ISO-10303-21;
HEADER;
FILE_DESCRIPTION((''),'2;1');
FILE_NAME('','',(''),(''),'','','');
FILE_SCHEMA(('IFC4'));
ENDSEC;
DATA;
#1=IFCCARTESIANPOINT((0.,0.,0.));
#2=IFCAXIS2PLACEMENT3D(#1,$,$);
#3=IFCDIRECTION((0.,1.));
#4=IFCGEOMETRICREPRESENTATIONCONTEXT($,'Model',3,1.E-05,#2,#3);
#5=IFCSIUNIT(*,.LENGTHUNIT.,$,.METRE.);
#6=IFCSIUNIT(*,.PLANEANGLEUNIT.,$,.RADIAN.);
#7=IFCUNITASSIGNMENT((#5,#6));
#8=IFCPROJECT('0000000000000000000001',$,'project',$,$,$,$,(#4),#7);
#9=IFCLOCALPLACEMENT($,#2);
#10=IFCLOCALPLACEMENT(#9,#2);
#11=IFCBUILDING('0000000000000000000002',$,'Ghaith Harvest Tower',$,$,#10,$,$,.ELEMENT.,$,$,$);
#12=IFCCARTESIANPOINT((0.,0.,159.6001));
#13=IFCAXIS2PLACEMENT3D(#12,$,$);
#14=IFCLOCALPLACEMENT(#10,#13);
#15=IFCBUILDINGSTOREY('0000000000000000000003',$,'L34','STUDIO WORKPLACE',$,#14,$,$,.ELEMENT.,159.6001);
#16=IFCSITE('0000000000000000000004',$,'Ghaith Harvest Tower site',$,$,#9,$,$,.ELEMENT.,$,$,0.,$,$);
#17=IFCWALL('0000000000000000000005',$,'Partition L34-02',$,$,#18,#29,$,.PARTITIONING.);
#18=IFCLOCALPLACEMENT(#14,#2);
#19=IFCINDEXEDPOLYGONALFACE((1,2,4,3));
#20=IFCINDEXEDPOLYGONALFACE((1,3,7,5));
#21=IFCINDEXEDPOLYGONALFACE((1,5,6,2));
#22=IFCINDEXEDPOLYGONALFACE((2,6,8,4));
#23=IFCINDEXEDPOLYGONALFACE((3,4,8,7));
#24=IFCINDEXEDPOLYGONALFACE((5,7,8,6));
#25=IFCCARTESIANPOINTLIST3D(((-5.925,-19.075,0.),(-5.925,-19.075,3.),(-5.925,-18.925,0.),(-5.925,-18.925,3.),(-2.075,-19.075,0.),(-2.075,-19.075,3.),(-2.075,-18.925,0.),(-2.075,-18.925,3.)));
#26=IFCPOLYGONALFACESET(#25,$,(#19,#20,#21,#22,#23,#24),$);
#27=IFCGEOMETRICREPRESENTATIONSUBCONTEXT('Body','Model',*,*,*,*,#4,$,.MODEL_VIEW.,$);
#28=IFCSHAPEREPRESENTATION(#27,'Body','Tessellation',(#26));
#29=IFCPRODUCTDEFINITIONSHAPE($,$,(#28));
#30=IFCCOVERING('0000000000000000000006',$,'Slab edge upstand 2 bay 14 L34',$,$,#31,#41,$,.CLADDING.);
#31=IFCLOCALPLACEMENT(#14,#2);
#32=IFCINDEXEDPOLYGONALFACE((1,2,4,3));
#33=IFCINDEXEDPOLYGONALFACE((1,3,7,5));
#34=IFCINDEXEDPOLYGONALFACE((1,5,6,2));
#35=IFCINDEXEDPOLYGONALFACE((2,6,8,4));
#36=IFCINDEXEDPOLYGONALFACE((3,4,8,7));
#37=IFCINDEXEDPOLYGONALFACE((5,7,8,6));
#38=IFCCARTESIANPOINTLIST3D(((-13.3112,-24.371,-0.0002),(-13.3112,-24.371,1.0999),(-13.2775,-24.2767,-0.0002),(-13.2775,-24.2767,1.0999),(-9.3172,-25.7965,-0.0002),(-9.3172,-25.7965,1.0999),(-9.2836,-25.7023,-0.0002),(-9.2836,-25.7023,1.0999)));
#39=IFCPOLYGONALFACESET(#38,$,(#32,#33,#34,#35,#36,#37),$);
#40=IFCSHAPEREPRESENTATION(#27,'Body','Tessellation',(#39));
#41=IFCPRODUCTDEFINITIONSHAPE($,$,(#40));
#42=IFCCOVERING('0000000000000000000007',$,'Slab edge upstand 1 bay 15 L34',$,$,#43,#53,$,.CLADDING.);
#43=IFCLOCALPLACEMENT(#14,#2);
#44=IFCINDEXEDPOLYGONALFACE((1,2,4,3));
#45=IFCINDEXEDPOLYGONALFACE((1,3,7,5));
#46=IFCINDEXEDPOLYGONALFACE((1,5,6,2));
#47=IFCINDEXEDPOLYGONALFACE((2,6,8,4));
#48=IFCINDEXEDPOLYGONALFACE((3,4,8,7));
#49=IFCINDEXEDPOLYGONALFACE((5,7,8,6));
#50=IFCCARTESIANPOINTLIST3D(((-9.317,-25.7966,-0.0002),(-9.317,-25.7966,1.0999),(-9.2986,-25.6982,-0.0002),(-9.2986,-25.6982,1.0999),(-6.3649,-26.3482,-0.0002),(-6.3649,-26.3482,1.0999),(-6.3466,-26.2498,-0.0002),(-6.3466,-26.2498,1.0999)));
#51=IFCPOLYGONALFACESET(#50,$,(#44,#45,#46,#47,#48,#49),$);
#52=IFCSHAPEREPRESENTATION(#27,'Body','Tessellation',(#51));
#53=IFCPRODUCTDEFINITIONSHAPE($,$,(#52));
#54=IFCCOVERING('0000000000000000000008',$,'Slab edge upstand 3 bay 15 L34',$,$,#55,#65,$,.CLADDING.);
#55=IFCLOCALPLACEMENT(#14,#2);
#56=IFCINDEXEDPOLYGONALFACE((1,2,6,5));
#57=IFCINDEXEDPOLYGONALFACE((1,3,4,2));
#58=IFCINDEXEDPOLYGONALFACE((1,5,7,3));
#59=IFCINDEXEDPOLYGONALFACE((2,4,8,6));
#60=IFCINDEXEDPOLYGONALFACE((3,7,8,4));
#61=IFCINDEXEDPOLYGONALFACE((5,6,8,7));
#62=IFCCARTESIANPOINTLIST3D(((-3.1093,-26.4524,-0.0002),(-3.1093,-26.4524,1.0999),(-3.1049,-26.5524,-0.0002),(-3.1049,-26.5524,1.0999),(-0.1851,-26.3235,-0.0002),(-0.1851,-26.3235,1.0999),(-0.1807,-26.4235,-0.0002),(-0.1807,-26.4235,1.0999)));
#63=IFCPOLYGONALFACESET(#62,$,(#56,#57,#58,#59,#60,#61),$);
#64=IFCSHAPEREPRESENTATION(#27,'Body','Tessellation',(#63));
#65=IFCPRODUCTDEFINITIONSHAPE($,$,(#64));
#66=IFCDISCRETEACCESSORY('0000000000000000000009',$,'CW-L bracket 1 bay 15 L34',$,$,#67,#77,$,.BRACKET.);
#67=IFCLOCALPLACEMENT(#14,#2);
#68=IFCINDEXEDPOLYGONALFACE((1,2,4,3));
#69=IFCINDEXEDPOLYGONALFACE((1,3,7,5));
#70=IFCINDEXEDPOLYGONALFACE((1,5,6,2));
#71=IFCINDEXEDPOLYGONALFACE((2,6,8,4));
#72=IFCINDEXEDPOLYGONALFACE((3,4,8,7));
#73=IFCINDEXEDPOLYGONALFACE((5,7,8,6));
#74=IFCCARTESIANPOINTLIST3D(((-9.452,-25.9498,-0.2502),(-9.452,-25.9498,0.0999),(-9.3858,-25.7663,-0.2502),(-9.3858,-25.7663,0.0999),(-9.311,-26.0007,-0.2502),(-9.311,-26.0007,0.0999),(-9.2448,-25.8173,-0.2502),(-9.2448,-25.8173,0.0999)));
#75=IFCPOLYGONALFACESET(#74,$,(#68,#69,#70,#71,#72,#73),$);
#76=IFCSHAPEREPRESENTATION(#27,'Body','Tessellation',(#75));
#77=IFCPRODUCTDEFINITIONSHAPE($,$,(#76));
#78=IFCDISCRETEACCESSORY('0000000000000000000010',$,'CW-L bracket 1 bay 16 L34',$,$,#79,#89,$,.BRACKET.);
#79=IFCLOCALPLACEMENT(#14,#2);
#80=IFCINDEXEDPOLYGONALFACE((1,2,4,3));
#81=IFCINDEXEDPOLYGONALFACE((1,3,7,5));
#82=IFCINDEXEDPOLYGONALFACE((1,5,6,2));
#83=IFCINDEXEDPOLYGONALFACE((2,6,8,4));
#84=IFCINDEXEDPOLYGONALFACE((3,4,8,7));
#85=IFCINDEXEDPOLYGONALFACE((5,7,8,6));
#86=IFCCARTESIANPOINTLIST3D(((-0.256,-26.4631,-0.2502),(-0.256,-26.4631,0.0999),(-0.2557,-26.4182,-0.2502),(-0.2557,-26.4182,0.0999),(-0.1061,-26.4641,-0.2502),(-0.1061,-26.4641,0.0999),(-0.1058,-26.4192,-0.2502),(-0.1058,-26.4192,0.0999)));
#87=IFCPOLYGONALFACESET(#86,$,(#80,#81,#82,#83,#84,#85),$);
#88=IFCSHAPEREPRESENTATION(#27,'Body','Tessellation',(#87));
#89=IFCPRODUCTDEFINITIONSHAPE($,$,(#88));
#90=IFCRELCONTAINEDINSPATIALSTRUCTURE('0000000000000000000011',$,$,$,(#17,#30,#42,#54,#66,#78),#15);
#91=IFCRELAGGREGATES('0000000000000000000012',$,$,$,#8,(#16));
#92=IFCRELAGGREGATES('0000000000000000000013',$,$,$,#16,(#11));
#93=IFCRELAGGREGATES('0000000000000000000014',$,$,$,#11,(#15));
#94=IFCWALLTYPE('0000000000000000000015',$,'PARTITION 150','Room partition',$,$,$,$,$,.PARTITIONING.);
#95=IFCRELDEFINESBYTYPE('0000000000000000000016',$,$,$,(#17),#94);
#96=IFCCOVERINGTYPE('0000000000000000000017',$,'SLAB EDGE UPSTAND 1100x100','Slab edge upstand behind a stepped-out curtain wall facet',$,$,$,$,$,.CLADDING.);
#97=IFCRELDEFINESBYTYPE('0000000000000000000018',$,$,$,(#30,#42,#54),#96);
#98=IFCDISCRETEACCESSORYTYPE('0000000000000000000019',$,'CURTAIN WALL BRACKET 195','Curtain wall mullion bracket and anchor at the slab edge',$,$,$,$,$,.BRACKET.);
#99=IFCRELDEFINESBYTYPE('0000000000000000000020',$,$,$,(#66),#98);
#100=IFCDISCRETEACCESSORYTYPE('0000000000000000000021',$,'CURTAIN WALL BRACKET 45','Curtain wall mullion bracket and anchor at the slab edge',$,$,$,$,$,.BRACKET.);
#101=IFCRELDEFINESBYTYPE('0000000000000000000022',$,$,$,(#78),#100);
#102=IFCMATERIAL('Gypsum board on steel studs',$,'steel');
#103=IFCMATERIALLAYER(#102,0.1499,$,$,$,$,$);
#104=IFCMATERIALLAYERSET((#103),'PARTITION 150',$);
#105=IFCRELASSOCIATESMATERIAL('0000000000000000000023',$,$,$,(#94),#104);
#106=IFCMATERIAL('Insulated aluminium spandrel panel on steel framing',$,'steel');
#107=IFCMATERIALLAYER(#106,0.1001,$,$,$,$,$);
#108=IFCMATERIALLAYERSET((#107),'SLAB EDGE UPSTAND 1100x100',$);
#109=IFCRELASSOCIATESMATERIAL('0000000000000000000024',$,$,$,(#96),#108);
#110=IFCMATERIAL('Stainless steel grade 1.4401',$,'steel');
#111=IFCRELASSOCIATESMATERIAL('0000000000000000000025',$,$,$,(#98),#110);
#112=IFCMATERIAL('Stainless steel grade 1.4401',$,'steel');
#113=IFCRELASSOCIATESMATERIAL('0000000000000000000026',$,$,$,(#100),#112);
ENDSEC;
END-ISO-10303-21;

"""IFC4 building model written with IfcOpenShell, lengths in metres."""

from ifc_helpers import new_model, si_unit, direction, frame, frame_2d, origin, origin_2d, place, context, subcontext, project, spatial, rectangle, extrude, material, layer, layer_set, type_object, element, save


model = new_model("IFC4")

# Units and contexts
model_context = context("Model", 3, precision=1e-05, world=origin(), true_north=direction((0.0, 1.0)))
body_context = subcontext(model_context, "Body", "Model", "MODEL_VIEW")
ifc_project = project(units=[si_unit("LENGTHUNIT", "METRE"), si_unit("PLANEANGLEUNIT", "RADIAN")], contexts=[model_context])

# Site, building, storey
site_placement = place(None, origin())
site = spatial("IfcSite", under=ifc_project, at=site_placement, Name="Ghaith Harvest Tower site", CompositionType="ELEMENT", RefElevation=0.0)
building_placement = place(site_placement, origin())
building = spatial("IfcBuilding", under=site, at=building_placement, Name="Ghaith Harvest Tower", CompositionType="ELEMENT")
storey_placement = place(building_placement, frame((0.0, 0.0, 159.6001)))
storey = spatial("IfcBuildingStorey", under=building, at=storey_placement, Name="L34", Description="STUDIO WORKPLACE", CompositionType="ELEMENT", Elevation=159.6001)

# Shared definitions
ifc_material_1 = material(Name="Gypsum board on steel studs", Category="steel")
ifc_layer_1 = layer(ifc_material_1, 0.1499)
ifc_layer_set_1 = layer_set([ifc_layer_1], Name="PARTITION 150")
wall_type = type_object("IfcWallType", Name="PARTITION 150", Description="Room partition", PredefinedType="PARTITIONING", material=ifc_layer_set_1)

# Wall
wall_1_placement = place(storey_placement, frame((-5.925, -19.0, 0.0), z_axis=(0.0, 0.0, 1.0), x_axis=(1.0, 0.0, 0.0)))
element("IfcWall", 1, at=wall_1_placement, inside=storey, type_object=wall_type, Name="Partition L34-02", PredefinedType="PARTITIONING", context=body_context, shape_type="SweptSolid", body=[
    extrude(rectangle(XDim=3.8501, YDim=0.1499, at=frame_2d((1.925, 0.0))), origin(), (0.0, 0.0, 1.0), 3.0),
])

# Coverings
ifc_material_2 = material(Name="Insulated aluminium spandrel panel on steel framing", Category="steel")
ifc_layer_2 = layer(ifc_material_2, 0.1001)
ifc_layer_set_2 = layer_set([ifc_layer_2], Name="SLAB EDGE UPSTAND 1100x100")
covering_type = type_object("IfcCoveringType", Name="SLAB EDGE UPSTAND 1100x100", Description="Slab edge upstand behind a stepped-out curtain wall facet", PredefinedType="CLADDING", material=ifc_layer_set_2)
covering_1_placement = place(storey_placement, frame((-11.2974, -25.0366, -0.0002), z_axis=(0.0, 0.0, 1.0), x_axis=(0.941807, -0.336154, 0.0)))
element("IfcCovering", 2, at=covering_1_placement, inside=storey, type_object=covering_type, Name="Slab edge upstand 2 bay 14 L34", PredefinedType="CLADDING", context=body_context, shape_type="SweptSolid", body=[
    extrude(rectangle(XDim=4.2407, YDim=0.1001, at=origin_2d()), origin(), (0.0, 0.0, 1.0), 1.1001),
])
covering_2_placement = place(storey_placement, frame((-7.8318, -26.0232, -0.0002), z_axis=(0.0, 0.0, 1.0), x_axis=(0.98299, -0.183659, 0.0)))
element("IfcCovering", 3, at=covering_2_placement, inside=storey, type_object=covering_type, Name="Slab edge upstand 1 bay 15 L34", PredefinedType="CLADDING", context=body_context, shape_type="SweptSolid", body=[
    extrude(rectangle(XDim=3.0032, YDim=0.1001, at=origin_2d()), origin(), (0.0, 0.0, 1.0), 1.1001),
])
covering_3_placement = place(storey_placement, frame((-1.645, -26.438, -0.0002), z_axis=(0.0, 0.0, 1.0), x_axis=(0.99903, 0.044045, 0.0)))
element("IfcCovering", 4, at=covering_3_placement, inside=storey, type_object=covering_type, Name="Slab edge upstand 3 bay 15 L34", PredefinedType="CLADDING", context=body_context, shape_type="SweptSolid", body=[
    extrude(rectangle(XDim=2.927, YDim=0.1001, at=origin_2d()), origin(), (0.0, 0.0, 1.0), 1.1001),
])

# Discrete accessories
ifc_material_3 = material(Name="Stainless steel grade 1.4401", Category="steel")
discrete_accessory_type_1 = type_object("IfcDiscreteAccessoryType", Name="CURTAIN WALL BRACKET 195", Description="Curtain wall mullion bracket and anchor at the slab edge", PredefinedType="BRACKET", material=ifc_material_3)
discrete_accessory_1_placement = place(storey_placement, frame((-9.3484, -25.8835, -0.2502), z_axis=(0.0, 0.0, 1.0), x_axis=(-0.339699, -0.940534, 0.0)))
element("IfcDiscreteAccessory", 5, at=discrete_accessory_1_placement, inside=storey, type_object=discrete_accessory_type_1, Name="CW-L bracket 1 bay 15 L34", PredefinedType="BRACKET", context=body_context, shape_type="SweptSolid", body=[
    extrude(rectangle(XDim=0.1951, YDim=0.1499, at=origin_2d()), origin(), (0.0, 0.0, 1.0), 0.3501),
])
ifc_material_4 = material(Name="Stainless steel grade 1.4401", Category="steel")
discrete_accessory_type_2 = type_object("IfcDiscreteAccessoryType", Name="CURTAIN WALL BRACKET 45", Description="Curtain wall mullion bracket and anchor at the slab edge", PredefinedType="BRACKET", material=ifc_material_4)
discrete_accessory_2_placement = place(storey_placement, frame((-0.1809, -26.4412, -0.2502), z_axis=(0.0, 0.0, 1.0), x_axis=(-0.006844, -0.999977, 0.0)))
element("IfcDiscreteAccessory", 6, at=discrete_accessory_2_placement, inside=storey, type_object=discrete_accessory_type_2, Name="CW-L bracket 1 bay 16 L34", PredefinedType="BRACKET", context=body_context, shape_type="SweptSolid", body=[
    extrude(rectangle(XDim=0.0449, YDim=0.1499, at=origin_2d()), origin(), (0.0, 0.0, 1.0), 0.3501),
])

save(model, "model.ifc")
